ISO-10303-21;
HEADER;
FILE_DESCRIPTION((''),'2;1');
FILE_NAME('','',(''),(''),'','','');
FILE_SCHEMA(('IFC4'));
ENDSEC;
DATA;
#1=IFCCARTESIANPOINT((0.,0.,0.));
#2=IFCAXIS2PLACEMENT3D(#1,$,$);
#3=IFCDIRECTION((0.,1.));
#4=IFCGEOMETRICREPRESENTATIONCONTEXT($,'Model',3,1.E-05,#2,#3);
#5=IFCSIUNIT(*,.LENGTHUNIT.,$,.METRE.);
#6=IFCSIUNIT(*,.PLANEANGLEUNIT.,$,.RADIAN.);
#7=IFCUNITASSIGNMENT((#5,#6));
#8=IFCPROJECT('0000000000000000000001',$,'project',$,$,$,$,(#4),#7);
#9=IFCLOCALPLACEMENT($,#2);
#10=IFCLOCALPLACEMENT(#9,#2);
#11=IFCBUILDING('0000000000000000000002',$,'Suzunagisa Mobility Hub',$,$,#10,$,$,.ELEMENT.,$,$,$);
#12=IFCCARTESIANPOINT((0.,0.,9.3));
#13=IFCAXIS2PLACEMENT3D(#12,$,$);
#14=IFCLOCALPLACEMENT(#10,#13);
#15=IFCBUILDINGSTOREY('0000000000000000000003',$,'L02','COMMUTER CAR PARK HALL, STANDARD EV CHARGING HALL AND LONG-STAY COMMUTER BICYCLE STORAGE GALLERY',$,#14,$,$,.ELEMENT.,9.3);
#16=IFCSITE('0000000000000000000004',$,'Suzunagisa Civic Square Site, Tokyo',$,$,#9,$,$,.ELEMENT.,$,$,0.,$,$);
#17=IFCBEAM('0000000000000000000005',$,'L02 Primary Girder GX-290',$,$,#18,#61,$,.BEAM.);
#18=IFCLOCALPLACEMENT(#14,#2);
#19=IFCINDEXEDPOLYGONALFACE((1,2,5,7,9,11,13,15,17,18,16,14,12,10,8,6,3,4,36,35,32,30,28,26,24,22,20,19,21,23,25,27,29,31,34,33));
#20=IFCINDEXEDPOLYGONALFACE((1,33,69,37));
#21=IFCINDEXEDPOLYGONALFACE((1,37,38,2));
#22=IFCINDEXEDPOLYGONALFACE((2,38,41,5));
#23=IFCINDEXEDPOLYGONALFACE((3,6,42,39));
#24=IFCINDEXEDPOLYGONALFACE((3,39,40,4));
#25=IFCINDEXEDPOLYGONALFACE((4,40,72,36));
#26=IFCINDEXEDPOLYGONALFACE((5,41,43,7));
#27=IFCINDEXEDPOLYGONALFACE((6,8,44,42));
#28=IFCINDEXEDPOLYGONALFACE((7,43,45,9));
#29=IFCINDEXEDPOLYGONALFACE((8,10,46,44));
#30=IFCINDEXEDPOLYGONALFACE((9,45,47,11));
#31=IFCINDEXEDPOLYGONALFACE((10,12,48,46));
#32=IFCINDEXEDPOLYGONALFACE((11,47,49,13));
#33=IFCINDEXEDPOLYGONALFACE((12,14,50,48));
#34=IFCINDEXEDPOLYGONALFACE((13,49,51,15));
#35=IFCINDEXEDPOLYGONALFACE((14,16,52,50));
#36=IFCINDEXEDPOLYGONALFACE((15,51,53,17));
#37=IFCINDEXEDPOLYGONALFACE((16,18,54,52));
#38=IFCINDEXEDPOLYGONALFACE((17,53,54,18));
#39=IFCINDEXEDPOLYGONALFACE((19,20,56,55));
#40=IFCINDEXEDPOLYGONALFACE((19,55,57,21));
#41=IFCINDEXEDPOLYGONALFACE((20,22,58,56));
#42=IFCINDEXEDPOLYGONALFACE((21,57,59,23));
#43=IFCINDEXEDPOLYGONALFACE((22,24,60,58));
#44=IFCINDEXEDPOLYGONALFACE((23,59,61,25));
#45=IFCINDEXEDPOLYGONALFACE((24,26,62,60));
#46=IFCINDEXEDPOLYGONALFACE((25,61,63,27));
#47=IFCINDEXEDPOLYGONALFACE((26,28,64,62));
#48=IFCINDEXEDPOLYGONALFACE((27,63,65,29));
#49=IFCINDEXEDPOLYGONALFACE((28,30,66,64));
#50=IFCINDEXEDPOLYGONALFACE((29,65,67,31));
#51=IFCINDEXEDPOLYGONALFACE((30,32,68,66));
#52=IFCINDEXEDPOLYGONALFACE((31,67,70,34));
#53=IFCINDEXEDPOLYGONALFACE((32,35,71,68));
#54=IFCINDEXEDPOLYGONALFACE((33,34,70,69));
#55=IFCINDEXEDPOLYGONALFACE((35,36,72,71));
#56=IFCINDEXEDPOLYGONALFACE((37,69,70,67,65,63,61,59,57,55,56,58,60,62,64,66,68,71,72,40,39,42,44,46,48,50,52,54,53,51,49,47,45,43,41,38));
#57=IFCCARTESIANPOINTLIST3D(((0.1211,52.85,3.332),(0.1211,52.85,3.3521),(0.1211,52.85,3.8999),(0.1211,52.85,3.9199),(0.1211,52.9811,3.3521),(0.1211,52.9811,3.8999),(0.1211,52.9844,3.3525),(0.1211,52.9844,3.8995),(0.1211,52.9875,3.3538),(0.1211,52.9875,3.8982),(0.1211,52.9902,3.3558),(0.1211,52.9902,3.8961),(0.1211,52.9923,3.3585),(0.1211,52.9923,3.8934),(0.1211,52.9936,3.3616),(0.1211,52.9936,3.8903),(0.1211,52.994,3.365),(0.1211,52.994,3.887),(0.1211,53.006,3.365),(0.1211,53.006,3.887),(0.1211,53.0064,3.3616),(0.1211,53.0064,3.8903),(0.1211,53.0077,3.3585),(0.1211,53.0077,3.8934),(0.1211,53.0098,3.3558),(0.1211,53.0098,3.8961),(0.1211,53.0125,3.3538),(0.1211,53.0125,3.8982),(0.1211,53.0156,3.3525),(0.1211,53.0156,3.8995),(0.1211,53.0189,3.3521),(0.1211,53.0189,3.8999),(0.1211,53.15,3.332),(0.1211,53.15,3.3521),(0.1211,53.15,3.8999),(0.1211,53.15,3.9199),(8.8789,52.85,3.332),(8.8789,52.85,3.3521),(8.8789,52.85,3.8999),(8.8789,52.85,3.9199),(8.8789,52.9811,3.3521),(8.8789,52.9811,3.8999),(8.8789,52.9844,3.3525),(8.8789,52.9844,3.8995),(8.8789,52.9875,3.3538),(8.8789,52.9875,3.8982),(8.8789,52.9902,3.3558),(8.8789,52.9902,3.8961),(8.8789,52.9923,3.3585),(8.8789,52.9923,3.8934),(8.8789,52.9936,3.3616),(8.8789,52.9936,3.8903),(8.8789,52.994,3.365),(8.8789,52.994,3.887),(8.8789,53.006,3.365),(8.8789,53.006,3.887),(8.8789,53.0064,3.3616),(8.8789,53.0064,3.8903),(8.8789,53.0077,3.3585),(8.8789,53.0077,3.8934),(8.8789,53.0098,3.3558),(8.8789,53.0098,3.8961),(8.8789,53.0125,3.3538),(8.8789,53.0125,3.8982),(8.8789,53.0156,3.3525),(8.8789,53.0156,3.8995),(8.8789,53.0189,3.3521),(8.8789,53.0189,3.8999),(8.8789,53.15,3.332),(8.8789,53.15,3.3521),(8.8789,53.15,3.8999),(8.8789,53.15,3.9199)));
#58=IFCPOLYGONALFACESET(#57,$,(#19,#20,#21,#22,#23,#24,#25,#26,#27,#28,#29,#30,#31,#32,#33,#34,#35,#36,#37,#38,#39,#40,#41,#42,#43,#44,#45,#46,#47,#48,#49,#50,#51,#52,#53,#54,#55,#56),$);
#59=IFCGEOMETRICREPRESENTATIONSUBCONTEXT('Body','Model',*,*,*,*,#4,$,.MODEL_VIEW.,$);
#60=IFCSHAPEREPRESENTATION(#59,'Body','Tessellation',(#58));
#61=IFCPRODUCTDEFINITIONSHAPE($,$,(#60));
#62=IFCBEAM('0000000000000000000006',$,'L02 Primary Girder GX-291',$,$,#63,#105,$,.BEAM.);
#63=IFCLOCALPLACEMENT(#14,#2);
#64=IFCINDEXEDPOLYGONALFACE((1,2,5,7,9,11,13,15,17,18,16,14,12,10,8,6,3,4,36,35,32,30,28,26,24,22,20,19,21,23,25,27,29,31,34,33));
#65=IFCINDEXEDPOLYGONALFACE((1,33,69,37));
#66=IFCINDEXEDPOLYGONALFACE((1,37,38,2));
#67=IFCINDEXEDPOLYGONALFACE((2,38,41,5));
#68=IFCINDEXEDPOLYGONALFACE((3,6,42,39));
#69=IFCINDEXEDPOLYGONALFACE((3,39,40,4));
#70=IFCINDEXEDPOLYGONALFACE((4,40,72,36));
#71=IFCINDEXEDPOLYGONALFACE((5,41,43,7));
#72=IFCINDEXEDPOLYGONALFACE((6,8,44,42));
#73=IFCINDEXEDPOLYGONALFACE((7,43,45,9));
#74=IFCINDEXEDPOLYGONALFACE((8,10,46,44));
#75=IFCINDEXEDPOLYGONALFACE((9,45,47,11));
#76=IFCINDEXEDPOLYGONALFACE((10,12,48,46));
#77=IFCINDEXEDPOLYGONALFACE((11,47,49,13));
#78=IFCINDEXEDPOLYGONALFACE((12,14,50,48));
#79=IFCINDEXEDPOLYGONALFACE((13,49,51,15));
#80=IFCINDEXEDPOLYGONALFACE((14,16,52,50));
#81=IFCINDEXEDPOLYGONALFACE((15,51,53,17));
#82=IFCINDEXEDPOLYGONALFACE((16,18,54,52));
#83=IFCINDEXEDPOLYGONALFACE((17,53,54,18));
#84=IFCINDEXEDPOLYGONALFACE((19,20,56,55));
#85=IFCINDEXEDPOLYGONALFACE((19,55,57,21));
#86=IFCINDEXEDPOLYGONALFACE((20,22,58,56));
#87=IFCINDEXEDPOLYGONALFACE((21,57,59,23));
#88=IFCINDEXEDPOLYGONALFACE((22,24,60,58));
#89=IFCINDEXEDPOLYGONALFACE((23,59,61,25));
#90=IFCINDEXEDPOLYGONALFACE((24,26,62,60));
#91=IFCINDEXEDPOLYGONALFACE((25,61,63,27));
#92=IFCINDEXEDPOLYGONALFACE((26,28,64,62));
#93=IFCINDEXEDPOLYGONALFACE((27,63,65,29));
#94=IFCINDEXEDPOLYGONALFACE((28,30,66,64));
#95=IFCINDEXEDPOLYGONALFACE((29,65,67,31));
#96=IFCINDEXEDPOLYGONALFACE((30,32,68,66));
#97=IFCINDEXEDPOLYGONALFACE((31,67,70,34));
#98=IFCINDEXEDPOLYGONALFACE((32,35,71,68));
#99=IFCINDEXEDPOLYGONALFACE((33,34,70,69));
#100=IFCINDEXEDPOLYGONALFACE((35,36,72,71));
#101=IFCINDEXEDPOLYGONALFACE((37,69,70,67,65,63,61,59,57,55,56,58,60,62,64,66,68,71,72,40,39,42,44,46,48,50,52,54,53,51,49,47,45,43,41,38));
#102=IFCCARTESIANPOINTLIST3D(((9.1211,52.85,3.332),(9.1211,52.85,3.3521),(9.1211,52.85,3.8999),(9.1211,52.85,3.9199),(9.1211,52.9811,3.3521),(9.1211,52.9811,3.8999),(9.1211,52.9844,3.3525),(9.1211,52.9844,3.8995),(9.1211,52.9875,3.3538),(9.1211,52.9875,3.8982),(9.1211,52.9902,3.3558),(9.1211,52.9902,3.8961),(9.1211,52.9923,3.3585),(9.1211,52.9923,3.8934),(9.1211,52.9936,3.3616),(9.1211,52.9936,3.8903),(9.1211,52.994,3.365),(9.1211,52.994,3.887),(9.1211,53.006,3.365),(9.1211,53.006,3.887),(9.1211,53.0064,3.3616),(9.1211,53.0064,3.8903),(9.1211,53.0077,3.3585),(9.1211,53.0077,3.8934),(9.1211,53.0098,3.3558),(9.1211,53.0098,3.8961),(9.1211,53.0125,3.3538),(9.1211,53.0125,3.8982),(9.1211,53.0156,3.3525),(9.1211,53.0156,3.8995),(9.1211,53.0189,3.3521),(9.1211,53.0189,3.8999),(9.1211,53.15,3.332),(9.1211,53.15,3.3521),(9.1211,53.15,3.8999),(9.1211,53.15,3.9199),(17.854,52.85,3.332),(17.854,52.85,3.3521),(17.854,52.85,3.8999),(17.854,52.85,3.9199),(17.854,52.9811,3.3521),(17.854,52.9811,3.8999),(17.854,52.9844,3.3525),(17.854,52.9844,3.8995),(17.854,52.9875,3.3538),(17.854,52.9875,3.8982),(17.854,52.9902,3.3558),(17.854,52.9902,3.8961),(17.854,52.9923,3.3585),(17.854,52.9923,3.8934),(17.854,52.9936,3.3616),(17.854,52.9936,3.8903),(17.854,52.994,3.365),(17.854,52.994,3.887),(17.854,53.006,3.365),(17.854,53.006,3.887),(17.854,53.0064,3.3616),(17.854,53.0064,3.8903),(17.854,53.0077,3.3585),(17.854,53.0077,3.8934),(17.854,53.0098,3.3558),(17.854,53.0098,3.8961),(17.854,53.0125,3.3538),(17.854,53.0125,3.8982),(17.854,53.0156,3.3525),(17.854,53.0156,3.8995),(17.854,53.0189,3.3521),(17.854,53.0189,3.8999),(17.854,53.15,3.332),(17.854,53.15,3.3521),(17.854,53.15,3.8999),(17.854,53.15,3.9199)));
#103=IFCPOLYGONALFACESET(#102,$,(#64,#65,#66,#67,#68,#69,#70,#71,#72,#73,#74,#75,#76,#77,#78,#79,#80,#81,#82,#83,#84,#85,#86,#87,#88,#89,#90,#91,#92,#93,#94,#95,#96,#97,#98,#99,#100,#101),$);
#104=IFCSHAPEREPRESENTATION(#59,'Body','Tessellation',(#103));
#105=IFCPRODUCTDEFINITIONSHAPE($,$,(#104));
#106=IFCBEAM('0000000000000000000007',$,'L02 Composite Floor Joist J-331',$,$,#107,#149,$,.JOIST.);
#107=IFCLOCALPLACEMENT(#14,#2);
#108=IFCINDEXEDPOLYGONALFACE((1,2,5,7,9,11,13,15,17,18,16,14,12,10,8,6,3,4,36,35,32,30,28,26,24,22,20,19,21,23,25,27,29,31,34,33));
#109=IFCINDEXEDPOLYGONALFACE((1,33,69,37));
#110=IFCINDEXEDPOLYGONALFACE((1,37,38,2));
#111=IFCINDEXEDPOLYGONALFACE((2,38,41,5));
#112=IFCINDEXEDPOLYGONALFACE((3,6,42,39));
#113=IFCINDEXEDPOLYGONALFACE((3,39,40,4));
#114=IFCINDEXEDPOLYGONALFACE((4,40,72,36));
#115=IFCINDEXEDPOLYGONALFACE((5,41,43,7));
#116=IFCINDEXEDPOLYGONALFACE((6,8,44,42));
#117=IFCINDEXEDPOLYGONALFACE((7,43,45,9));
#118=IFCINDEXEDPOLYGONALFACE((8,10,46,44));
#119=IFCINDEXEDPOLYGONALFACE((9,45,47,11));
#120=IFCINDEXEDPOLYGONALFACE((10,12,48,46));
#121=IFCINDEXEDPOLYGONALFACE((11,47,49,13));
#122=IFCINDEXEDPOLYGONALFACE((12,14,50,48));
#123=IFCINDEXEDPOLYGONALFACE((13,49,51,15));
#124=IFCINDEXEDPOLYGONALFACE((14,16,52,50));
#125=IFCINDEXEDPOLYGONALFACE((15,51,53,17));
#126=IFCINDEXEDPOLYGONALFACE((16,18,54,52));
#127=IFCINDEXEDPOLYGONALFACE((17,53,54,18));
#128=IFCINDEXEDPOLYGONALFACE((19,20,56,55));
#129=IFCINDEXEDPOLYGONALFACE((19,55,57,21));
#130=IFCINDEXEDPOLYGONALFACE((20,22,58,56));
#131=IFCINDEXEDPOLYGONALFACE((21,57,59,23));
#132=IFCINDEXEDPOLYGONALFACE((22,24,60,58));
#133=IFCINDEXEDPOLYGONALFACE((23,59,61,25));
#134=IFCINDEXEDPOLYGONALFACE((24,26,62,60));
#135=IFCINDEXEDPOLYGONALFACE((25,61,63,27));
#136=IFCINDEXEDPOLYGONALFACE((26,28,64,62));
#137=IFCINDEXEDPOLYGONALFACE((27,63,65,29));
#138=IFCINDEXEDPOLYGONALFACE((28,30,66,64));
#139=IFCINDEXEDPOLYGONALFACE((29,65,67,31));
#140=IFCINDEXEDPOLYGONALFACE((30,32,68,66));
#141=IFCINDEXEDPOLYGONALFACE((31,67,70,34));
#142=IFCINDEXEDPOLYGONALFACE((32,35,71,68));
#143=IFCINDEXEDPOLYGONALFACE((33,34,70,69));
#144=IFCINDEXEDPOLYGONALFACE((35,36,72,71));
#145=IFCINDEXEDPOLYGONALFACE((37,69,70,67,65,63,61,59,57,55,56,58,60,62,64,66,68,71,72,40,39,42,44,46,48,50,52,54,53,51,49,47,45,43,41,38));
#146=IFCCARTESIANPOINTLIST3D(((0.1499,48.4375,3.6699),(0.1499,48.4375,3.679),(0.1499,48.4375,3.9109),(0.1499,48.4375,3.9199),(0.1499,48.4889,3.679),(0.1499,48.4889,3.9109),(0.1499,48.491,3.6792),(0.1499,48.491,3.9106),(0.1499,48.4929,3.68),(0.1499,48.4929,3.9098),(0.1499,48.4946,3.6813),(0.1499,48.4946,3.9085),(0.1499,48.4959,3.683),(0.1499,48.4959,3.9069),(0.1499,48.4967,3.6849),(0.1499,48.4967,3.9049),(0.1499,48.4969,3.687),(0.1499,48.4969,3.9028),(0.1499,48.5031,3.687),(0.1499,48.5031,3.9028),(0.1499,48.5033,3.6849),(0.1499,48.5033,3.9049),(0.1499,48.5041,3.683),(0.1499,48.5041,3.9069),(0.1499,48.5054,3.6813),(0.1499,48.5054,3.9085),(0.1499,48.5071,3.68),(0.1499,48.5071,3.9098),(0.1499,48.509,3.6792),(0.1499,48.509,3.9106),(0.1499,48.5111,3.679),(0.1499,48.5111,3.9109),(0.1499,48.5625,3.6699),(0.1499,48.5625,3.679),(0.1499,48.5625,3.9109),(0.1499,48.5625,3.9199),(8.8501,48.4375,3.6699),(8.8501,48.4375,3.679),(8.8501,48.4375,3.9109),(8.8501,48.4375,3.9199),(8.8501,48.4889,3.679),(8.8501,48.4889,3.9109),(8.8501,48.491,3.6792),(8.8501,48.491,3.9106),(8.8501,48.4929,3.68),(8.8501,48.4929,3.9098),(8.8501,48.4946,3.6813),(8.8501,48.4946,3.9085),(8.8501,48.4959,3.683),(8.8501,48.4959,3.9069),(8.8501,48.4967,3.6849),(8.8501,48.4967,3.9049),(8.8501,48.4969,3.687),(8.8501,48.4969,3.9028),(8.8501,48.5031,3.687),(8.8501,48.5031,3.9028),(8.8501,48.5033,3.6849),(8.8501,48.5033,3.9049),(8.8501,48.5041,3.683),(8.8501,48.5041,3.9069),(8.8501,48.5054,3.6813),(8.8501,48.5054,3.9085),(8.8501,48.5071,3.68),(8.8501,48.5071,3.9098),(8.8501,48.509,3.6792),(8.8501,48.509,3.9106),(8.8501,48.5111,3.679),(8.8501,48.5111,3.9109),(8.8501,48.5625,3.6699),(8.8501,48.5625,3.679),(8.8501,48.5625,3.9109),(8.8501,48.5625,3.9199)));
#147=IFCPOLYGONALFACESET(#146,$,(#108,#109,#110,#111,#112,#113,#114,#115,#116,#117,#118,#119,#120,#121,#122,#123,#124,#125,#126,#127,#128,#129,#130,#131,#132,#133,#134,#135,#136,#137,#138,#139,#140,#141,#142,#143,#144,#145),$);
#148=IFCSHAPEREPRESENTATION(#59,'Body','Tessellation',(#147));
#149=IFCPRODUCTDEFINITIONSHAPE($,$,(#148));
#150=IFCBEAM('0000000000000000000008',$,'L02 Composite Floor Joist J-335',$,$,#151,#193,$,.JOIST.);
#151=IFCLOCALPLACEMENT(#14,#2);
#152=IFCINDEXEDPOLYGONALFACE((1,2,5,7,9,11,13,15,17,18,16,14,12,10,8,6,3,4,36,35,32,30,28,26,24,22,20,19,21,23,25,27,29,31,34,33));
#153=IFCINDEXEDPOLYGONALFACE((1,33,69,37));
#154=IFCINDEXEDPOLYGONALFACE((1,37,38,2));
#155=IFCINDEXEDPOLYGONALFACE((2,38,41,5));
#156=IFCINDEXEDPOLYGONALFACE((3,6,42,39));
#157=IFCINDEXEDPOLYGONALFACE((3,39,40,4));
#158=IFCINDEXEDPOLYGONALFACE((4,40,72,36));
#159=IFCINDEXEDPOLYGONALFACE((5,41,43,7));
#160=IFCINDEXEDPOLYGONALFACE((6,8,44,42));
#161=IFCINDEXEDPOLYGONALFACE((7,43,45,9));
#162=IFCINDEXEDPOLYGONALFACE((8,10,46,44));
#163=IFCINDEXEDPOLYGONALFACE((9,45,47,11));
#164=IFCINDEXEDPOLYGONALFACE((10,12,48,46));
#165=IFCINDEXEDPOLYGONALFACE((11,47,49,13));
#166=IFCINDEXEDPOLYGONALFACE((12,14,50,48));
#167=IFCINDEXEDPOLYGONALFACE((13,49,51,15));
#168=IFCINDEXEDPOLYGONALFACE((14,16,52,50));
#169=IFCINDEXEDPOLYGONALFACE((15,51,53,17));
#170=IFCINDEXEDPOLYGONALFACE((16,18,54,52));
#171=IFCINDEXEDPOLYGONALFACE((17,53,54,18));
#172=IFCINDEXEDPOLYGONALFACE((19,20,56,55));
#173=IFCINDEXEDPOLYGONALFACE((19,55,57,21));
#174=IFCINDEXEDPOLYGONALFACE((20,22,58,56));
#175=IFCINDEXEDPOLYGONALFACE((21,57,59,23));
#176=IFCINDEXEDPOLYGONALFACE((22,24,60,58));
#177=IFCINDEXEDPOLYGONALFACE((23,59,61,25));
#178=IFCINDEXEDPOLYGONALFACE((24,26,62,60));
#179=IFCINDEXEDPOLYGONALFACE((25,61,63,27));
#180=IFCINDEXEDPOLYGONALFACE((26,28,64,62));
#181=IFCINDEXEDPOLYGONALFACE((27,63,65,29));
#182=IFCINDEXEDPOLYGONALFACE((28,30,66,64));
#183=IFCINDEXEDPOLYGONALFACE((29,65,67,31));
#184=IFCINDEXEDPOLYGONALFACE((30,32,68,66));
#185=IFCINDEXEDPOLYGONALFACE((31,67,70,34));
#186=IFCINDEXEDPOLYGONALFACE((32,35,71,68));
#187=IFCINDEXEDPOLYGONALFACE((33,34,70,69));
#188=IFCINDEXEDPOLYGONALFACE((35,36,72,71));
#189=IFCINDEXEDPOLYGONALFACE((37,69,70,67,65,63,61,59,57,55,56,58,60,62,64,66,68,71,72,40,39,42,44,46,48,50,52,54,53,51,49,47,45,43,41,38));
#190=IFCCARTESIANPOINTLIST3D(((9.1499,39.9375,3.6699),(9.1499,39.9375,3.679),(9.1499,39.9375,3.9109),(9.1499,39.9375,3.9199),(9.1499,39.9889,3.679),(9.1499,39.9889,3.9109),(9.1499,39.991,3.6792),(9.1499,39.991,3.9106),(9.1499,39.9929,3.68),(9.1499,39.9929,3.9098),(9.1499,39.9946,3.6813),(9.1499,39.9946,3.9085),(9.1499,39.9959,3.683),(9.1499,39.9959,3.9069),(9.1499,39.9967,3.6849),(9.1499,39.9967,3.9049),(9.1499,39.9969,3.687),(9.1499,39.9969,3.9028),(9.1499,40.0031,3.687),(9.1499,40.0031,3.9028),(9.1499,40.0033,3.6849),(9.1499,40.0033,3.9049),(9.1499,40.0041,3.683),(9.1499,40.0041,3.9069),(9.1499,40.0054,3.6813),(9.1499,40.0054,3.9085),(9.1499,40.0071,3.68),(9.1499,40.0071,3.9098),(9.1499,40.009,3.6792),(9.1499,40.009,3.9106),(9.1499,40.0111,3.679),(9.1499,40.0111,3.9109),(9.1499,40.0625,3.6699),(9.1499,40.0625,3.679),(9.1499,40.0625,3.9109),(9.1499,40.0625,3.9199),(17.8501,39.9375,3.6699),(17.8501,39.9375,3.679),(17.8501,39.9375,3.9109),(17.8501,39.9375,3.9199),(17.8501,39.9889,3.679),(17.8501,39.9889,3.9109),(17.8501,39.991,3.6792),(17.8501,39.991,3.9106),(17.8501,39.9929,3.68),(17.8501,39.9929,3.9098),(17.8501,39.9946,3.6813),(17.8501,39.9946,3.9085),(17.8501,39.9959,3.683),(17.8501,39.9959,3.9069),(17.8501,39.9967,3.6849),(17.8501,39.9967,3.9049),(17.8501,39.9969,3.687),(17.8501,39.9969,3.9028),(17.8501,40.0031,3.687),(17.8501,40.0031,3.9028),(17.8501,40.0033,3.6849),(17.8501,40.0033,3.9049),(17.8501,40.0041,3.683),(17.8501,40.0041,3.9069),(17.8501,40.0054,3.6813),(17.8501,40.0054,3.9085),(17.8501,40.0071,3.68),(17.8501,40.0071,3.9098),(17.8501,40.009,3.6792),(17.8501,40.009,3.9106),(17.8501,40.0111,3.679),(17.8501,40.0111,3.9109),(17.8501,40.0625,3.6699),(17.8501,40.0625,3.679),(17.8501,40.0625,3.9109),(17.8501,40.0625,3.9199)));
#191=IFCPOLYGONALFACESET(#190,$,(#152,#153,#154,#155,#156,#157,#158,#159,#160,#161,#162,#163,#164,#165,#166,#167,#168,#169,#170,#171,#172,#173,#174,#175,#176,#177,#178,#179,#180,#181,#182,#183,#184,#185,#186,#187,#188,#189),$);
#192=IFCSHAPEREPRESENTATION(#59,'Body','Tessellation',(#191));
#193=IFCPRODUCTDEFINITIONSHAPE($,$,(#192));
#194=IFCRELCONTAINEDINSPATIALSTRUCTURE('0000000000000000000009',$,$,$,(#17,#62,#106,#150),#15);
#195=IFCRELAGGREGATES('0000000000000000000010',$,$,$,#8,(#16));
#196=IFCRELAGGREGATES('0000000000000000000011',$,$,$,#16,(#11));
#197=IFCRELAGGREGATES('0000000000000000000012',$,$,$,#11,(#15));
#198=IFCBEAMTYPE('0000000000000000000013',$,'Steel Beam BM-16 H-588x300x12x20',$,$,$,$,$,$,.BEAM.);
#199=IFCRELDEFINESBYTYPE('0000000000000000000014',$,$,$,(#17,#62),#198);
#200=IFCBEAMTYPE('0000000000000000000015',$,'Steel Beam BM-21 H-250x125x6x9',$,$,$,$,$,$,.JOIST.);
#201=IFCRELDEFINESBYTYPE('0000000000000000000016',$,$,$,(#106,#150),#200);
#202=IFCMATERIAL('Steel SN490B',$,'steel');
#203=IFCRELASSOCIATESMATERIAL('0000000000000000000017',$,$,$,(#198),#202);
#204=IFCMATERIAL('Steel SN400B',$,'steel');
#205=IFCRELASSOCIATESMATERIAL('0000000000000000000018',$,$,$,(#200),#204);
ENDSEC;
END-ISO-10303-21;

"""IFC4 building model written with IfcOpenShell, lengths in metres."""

from ifc_helpers import new_model, si_unit, direction, frame, origin, origin_2d, place, context, subcontext, project, spatial, i_section, extrude, material, material_profile, profile_set, type_object, element, save


model = new_model("IFC4")

# Units and contexts
model_context = context("Model", 3, precision=1e-05, world=origin(), true_north=direction((0.0, 1.0)))
body_context = subcontext(model_context, "Body", "Model", "MODEL_VIEW")
ifc_project = project(units=[si_unit("LENGTHUNIT", "METRE"), si_unit("PLANEANGLEUNIT", "RADIAN")], contexts=[model_context])

# Site, building, storey
site_placement = place(None, origin())
site = spatial("IfcSite", under=ifc_project, at=site_placement, Name="Suzunagisa Civic Square Site, Tokyo", CompositionType="ELEMENT", RefElevation=0.0)
building_placement = place(site_placement, origin())
building = spatial("IfcBuilding", under=site, at=building_placement, Name="Suzunagisa Mobility Hub", CompositionType="ELEMENT")
storey_placement = place(building_placement, frame((0.0, 0.0, 9.3)))
storey = spatial("IfcBuildingStorey", under=building, at=storey_placement, Name="L02", Description="COMMUTER CAR PARK HALL, STANDARD EV CHARGING HALL AND LONG-STAY COMMUTER BICYCLE STORAGE GALLERY", CompositionType="ELEMENT", Elevation=9.3)

# Shared definitions
ifc_material_1 = material(Name="Steel SN490B", Category="steel")

# Beams
ifc_material_profile_1 = material_profile(ifc_material_1, i_section(OverallWidth=0.3, OverallDepth=0.5879, WebThickness=0.012, FlangeThickness=0.02, FilletRadius=0.0129, at=origin_2d()), Name="H-588x300x12x20")
ifc_profile_set_1 = profile_set([ifc_material_profile_1], Name="Steel SN490B")
beam_type_1 = type_object("IfcBeamType", Name="Steel Beam BM-16 H-588x300x12x20", PredefinedType="BEAM", material=ifc_profile_set_1)
beam_1_placement = place(storey_placement, frame((0.1211, 53.0, 3.626), z_axis=(1.0, 0.0, 0.0), x_axis=(0.0, 1.0, 0.0)))
element("IfcBeam", 1, at=beam_1_placement, inside=storey, type_object=beam_type_1, Name="L02 Primary Girder GX-290", PredefinedType="BEAM", context=body_context, shape_type="SweptSolid", body=[
    extrude(i_section(OverallWidth=0.3, OverallDepth=0.5879, WebThickness=0.012, FlangeThickness=0.02, FilletRadius=0.0129, at=origin_2d()), origin(), (0.0, 0.0, 1.0), 8.7578),
])
beam_2_placement = place(storey_placement, frame((9.1211, 53.0, 3.626), z_axis=(1.0, 0.0, 0.0), x_axis=(0.0, 1.0, 0.0)))
element("IfcBeam", 2, at=beam_2_placement, inside=storey, type_object=beam_type_1, Name="L02 Primary Girder GX-291", PredefinedType="BEAM", context=body_context, shape_type="SweptSolid", body=[
    extrude(i_section(OverallWidth=0.3, OverallDepth=0.5879, WebThickness=0.012, FlangeThickness=0.02, FilletRadius=0.0129, at=origin_2d()), origin(), (0.0, 0.0, 1.0), 8.7329),
])
ifc_material_2 = material(Name="Steel SN400B", Category="steel")
ifc_material_profile_2 = material_profile(ifc_material_2, i_section(OverallWidth=0.125, OverallDepth=0.25, WebThickness=0.0061, FlangeThickness=0.009, FilletRadius=0.0081, at=origin_2d()), Name="H-250x125x6x9")
ifc_profile_set_2 = profile_set([ifc_material_profile_2], Name="Steel SN400B")
beam_type_2 = type_object("IfcBeamType", Name="Steel Beam BM-21 H-250x125x6x9", PredefinedType="JOIST", material=ifc_profile_set_2)
for number, where, z_axis, x_axis, name in (
    (3, (0.1499, 48.5, 3.7949), (1.0, 0.0, 0.0), (0.0, 1.0, 0.0), "L02 Composite Floor Joist J-331"),
    (4, (9.1499, 40.0, 3.7949), (1.0, 0.0, 0.0), (0.0, 1.0, 0.0), "L02 Composite Floor Joist J-335"),
):
    element("IfcBeam", number, at=place(storey_placement, frame(where, z_axis=z_axis, x_axis=x_axis)), inside=storey, type_object=beam_type_2, Name=name, PredefinedType="JOIST", context=body_context, shape_type="SweptSolid", body=[
        extrude(i_section(OverallWidth=0.125, OverallDepth=0.25, WebThickness=0.0061, FlangeThickness=0.009, FilletRadius=0.0081, at=origin_2d()), origin(), (0.0, 0.0, 1.0), 8.7002),
    ])

save(model, "model.ifc")
